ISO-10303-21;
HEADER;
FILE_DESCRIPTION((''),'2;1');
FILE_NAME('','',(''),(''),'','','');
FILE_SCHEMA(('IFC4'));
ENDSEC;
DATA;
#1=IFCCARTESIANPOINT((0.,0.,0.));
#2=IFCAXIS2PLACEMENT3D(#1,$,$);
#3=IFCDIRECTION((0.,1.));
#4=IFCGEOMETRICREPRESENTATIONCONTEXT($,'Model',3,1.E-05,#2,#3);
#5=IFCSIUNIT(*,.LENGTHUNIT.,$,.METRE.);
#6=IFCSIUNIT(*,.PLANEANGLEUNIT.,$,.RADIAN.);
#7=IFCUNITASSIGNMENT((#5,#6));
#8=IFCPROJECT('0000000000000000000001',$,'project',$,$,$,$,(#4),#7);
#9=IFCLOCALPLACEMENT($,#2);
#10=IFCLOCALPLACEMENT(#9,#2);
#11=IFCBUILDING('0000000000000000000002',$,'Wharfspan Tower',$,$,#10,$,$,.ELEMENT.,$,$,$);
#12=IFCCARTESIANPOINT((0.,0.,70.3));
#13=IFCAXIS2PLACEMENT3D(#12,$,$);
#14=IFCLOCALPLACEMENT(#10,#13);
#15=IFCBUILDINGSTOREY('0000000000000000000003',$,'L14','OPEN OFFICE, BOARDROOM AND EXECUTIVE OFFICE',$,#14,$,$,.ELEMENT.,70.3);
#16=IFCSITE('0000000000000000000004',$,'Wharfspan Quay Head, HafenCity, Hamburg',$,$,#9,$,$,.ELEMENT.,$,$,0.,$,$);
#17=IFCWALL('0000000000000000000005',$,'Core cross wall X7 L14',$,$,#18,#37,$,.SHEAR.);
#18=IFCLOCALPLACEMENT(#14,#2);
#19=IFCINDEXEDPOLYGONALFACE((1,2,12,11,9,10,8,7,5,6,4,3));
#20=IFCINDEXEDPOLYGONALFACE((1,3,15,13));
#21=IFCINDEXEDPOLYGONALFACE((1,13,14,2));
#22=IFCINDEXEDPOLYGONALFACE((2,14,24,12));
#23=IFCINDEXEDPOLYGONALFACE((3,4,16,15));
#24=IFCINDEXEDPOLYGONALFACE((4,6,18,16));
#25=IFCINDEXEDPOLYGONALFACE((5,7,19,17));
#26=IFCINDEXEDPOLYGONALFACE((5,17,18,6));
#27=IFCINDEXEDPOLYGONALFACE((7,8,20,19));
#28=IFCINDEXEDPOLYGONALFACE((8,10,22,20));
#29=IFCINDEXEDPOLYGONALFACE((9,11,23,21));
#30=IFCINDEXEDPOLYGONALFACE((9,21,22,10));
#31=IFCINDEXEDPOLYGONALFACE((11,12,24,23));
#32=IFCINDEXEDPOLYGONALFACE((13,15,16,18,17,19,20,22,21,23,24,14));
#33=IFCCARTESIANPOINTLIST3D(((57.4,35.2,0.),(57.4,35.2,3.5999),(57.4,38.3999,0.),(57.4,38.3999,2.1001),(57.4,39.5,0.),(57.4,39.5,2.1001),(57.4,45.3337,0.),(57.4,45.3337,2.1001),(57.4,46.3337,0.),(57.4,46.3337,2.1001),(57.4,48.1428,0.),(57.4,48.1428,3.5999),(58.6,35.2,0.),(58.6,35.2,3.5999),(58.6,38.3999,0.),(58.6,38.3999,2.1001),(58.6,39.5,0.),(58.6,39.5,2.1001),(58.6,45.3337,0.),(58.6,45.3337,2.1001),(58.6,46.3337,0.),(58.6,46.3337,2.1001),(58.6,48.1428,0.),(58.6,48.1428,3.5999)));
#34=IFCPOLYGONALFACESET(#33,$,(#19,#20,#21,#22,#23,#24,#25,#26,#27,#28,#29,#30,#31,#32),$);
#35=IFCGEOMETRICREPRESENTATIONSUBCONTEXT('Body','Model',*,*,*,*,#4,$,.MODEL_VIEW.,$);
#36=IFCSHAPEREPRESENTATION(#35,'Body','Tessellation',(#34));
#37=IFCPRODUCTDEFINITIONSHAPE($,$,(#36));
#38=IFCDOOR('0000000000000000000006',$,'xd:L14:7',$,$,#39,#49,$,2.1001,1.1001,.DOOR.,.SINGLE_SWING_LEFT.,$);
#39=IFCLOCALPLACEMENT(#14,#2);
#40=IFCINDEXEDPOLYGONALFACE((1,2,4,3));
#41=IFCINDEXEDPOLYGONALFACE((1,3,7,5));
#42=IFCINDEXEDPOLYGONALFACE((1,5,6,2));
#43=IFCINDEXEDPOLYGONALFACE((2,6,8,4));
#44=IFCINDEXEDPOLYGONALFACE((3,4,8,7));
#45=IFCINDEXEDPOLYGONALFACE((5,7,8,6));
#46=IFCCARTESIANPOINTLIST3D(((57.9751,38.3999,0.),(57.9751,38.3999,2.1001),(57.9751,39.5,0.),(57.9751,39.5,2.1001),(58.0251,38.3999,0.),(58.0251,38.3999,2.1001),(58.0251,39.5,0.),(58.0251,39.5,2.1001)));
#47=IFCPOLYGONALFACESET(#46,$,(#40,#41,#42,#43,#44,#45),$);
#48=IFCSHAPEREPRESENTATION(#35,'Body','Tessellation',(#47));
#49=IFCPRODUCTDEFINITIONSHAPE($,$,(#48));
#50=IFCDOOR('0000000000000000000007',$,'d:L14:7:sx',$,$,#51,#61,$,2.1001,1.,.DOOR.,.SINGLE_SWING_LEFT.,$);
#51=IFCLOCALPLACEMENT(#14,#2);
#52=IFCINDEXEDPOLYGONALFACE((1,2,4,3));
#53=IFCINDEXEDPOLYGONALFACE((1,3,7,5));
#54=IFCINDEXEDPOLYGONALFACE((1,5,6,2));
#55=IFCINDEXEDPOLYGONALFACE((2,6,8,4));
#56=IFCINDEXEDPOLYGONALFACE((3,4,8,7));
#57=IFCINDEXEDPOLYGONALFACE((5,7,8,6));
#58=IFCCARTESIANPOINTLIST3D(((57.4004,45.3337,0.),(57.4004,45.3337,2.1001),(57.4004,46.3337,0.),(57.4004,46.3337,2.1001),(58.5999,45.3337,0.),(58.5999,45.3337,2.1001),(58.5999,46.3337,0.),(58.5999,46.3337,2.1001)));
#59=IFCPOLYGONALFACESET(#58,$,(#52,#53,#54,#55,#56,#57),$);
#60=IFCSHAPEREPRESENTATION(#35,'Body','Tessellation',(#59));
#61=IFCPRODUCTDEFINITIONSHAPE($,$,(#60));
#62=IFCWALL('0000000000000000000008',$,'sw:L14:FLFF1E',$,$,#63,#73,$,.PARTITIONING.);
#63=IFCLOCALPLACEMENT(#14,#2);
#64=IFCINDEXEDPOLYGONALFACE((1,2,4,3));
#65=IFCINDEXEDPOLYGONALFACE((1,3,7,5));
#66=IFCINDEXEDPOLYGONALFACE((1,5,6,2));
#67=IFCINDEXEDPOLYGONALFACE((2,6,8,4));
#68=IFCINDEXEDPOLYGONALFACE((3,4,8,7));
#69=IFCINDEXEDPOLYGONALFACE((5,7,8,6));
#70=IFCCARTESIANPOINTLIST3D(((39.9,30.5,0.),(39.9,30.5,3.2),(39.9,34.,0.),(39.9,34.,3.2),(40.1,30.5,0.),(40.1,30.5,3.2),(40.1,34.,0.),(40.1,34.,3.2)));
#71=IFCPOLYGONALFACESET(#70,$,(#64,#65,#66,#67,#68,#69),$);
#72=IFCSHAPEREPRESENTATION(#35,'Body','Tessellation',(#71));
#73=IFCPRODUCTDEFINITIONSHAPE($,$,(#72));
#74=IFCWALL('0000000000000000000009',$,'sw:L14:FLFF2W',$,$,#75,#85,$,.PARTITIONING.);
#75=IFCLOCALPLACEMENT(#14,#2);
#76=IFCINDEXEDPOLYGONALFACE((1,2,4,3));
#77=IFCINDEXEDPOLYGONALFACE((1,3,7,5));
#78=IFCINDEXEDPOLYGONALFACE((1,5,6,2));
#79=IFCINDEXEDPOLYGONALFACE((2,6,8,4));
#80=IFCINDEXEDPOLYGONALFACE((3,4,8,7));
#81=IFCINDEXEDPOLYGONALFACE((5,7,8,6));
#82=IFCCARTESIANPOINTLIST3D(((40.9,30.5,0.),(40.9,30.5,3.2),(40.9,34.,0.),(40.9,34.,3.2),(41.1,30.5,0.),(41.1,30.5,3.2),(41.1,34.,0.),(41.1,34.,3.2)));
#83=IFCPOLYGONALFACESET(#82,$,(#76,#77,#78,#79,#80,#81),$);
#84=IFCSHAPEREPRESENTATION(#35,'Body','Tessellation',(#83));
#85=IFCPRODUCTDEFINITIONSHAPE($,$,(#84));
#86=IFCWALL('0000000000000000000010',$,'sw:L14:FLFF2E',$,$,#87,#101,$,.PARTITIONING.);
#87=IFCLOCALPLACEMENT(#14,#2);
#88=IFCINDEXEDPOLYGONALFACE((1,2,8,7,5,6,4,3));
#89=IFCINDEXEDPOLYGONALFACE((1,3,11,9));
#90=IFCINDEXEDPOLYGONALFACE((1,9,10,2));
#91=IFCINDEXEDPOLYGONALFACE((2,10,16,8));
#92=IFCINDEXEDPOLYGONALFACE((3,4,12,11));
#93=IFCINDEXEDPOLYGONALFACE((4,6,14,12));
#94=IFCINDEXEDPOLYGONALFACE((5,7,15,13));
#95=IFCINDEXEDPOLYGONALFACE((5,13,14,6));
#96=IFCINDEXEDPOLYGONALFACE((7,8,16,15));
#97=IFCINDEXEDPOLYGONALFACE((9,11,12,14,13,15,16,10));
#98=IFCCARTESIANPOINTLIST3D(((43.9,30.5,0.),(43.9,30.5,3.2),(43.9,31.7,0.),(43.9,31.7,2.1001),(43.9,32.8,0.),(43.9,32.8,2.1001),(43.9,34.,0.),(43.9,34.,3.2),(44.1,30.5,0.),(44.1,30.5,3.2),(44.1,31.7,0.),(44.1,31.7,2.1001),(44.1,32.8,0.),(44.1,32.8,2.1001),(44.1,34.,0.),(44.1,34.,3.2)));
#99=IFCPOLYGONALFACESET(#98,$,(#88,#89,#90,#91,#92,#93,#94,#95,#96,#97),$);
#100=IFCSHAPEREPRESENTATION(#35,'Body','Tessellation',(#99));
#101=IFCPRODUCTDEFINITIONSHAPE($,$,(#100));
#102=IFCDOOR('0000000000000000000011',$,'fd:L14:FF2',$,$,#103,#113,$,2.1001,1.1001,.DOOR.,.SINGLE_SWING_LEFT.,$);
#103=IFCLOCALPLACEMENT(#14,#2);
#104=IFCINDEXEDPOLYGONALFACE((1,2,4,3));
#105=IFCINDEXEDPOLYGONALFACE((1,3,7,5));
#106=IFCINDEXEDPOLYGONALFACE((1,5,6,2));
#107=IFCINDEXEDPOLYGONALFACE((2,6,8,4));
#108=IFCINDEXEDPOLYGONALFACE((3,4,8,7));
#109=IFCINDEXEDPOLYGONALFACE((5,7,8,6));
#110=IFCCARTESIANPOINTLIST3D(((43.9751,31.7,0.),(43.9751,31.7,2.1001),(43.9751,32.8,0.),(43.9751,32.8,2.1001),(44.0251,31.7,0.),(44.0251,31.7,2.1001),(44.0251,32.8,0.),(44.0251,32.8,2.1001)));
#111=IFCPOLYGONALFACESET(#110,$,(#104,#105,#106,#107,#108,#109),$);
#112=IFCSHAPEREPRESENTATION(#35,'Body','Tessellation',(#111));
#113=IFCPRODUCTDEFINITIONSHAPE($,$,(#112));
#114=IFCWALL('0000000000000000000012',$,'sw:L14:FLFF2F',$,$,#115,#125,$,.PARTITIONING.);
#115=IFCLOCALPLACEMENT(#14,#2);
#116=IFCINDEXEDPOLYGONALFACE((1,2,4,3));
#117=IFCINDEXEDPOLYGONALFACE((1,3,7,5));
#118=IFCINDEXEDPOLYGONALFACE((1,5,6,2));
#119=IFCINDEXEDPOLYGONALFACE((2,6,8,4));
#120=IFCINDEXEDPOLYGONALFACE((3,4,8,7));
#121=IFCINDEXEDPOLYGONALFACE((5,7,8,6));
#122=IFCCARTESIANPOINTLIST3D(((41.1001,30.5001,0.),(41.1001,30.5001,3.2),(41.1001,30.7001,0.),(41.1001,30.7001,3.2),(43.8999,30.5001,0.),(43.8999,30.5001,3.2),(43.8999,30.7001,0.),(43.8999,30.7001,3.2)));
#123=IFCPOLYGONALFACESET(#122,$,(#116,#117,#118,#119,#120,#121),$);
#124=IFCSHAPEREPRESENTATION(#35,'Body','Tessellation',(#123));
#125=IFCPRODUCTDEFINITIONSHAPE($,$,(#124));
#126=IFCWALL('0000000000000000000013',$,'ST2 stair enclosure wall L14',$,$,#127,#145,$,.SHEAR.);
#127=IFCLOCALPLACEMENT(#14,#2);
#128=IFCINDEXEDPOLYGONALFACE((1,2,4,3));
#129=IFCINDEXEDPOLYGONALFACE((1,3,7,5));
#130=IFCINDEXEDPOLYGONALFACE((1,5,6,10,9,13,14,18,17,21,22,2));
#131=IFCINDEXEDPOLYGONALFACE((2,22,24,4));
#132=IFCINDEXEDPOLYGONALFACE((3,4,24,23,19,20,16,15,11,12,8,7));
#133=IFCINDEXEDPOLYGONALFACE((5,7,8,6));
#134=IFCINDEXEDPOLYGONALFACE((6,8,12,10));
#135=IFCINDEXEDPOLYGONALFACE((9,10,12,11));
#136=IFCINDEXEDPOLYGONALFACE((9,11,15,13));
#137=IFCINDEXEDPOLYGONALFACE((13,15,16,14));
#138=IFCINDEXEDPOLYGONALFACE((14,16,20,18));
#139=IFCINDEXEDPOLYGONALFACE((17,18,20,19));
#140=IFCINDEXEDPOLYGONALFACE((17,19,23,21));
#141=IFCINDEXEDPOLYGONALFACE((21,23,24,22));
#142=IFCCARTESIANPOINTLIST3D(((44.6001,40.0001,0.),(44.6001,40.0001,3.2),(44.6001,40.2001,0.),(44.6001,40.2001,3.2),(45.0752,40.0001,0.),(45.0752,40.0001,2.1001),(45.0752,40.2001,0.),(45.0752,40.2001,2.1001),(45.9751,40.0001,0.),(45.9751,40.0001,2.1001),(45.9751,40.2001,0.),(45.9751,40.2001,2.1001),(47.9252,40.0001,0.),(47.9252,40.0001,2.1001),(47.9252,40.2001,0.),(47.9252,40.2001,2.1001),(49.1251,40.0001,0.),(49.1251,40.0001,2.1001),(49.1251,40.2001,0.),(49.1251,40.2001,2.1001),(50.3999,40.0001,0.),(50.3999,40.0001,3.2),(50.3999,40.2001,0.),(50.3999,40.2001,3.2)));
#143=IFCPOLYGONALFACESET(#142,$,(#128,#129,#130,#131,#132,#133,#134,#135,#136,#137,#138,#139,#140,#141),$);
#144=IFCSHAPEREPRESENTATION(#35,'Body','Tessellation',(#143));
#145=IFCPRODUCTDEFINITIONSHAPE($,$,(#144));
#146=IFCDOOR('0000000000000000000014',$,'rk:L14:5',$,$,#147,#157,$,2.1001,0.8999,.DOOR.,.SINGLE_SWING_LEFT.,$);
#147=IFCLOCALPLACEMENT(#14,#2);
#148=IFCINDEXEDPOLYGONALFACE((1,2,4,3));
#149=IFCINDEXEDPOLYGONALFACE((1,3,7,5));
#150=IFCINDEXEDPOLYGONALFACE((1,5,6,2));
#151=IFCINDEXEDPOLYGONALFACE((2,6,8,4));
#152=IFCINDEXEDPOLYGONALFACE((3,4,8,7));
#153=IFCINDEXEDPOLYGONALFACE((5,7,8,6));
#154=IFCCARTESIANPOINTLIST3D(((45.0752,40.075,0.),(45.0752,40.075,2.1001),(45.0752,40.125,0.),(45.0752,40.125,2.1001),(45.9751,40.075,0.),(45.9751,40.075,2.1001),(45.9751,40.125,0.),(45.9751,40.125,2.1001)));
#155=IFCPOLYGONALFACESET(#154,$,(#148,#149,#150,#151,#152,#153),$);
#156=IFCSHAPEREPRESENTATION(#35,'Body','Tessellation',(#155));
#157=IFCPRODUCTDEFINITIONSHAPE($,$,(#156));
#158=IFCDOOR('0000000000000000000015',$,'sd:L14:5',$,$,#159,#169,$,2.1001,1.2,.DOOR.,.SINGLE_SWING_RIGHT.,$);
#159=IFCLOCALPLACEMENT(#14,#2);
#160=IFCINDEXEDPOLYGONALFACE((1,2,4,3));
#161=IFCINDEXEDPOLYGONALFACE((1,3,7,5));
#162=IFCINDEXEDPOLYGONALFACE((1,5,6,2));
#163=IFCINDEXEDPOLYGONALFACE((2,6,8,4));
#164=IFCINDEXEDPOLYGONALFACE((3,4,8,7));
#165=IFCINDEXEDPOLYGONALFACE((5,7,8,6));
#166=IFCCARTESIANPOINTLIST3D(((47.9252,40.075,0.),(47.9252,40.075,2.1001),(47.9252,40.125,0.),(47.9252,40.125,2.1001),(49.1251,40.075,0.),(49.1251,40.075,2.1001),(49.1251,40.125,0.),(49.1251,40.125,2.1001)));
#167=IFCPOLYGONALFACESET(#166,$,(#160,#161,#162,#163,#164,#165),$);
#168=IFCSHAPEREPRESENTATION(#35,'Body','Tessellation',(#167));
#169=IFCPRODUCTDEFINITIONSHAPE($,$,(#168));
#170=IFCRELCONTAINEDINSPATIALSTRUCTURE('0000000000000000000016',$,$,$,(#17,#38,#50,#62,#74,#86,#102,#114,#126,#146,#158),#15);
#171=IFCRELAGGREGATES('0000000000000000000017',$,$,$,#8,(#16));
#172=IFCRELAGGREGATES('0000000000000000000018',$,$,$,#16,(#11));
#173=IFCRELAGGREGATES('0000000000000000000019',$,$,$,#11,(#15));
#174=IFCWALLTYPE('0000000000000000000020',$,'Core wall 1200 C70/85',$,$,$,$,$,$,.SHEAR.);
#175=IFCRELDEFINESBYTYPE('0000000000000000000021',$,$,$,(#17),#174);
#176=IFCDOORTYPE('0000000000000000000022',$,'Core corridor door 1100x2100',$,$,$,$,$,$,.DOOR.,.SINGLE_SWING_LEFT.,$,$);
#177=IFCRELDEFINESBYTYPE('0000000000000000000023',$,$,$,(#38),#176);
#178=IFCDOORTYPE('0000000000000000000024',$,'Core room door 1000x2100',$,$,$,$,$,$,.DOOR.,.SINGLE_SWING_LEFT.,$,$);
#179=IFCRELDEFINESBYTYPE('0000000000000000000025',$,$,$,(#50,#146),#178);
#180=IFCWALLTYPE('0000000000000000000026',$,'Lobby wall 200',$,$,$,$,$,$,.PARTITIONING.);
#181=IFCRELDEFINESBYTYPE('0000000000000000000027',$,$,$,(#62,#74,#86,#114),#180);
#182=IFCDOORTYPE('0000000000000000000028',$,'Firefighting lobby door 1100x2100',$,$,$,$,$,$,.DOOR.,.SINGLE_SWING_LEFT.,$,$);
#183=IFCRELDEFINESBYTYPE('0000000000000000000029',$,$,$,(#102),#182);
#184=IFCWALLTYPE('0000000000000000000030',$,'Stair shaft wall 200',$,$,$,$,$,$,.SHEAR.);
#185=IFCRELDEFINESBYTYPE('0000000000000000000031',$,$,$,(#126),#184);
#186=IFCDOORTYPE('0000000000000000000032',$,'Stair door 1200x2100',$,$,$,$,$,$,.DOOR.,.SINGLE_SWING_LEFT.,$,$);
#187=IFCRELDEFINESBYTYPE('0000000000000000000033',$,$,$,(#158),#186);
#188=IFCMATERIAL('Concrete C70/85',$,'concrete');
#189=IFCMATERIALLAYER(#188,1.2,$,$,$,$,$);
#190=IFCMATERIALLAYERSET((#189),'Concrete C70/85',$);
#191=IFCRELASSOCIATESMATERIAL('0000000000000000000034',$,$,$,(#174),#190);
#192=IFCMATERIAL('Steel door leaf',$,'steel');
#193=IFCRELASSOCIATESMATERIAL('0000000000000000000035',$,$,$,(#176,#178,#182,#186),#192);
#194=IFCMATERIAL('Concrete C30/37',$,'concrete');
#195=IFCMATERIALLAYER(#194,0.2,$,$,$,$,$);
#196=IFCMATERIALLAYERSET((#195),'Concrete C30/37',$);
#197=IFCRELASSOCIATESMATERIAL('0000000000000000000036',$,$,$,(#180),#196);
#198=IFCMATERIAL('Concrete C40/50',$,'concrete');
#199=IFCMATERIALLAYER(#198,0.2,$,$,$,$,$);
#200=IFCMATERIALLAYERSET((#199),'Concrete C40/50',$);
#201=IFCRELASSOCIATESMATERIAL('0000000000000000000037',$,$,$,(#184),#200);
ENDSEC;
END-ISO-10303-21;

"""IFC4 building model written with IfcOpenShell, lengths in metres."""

from ifc_helpers import new_model, si_unit, direction, frame, frame_2d, origin, place, context, subcontext, project, spatial, rectangle, extrude, material, layer, layer_set, type_object, element, fill, save


model = new_model("IFC4")

# Units and contexts
model_context = context("Model", 3, precision=1e-05, world=origin(), true_north=direction((0.0, 1.0)))
body_context = subcontext(model_context, "Body", "Model", "MODEL_VIEW")
ifc_project = project(units=[si_unit("LENGTHUNIT", "METRE"), si_unit("PLANEANGLEUNIT", "RADIAN")], contexts=[model_context])

# Site, building, storey
site_placement = place(None, origin())
site = spatial("IfcSite", under=ifc_project, at=site_placement, Name="Wharfspan Quay Head, HafenCity, Hamburg", CompositionType="ELEMENT", RefElevation=0.0)
building_placement = place(site_placement, origin())
building = spatial("IfcBuilding", under=site, at=building_placement, Name="Wharfspan Tower", CompositionType="ELEMENT")
storey_placement = place(building_placement, frame((0.0, 0.0, 70.3)))
storey = spatial("IfcBuildingStorey", under=building, at=storey_placement, Name="L14", Description="OPEN OFFICE, BOARDROOM AND EXECUTIVE OFFICE", CompositionType="ELEMENT", Elevation=70.3)

# Shared definitions
ifc_material_1 = material(Name="Concrete C70/85", Category="concrete")
ifc_layer_1 = layer(ifc_material_1, 1.2)
ifc_layer_set_1 = layer_set([ifc_layer_1], Name="Concrete C70/85")
wall_type_1 = type_object("IfcWallType", Name="Core wall 1200 C70/85", PredefinedType="SHEAR", material=ifc_layer_set_1)
ifc_material_2 = material(Name="Steel door leaf", Category="steel")
door_type_1 = type_object("IfcDoorType", Name="Core corridor door 1100x2100", OperationType="SINGLE_SWING_LEFT", PredefinedType="DOOR", material=ifc_material_2)
door_type_2 = type_object("IfcDoorType", Name="Core room door 1000x2100", OperationType="SINGLE_SWING_LEFT", PredefinedType="DOOR", material=ifc_material_2)

# Wall, openings, doors
wall_1_placement = place(storey_placement, frame((58.0, 35.2, 0.0), z_axis=(0.0, 0.0, 1.0), x_axis=(0.0, 1.0, 0.0)))
wall_1 = element("IfcWall", 1, at=wall_1_placement, inside=storey, type_object=wall_type_1, Name="Core cross wall X7 L14", PredefinedType="SHEAR", context=body_context, shape_type="SweptSolid", body=[
    extrude(rectangle(XDim=12.9429, YDim=1.2, at=frame_2d((6.4714, 0.0))), origin(), (0.0, 0.0, 1.0), 3.5999),
])
opening_1_placement = place(wall_1_placement, frame((10.1338, 0.0, 0.0)))
opening_1 = element("IfcOpeningElement", 2, at=opening_1_placement, cuts=wall_1, PredefinedType="OPENING", context=body_context, shape_type="SweptSolid", body=[
    extrude(rectangle(XDim=1.0, YDim=2.1001, at=frame_2d((0.5, 1.05))), frame((0.0, 0.6099, 0.0), z_axis=(0.0, -1.0, 0.0), x_axis=(1.0, 0.0, 0.0)), (0.0, 0.0, 1.0), 1.22),
])
opening_2_placement = place(wall_1_placement, frame((3.2, 0.0, 0.0)))
opening_2 = element("IfcOpeningElement", 3, at=opening_2_placement, cuts=wall_1, PredefinedType="OPENING", context=body_context, shape_type="SweptSolid", body=[
    extrude(rectangle(XDim=1.1001, YDim=2.1001, at=frame_2d((0.55, 1.05))), frame((0.0, 0.6099, 0.0), z_axis=(0.0, -1.0, 0.0), x_axis=(1.0, 0.0, 0.0)), (0.0, 0.0, 1.0), 1.22),
])
door_1_placement = place(opening_2_placement, origin())
door_1 = element("IfcDoor", 4, at=door_1_placement, inside=storey, type_object=door_type_1, Name="xd:L14:7", OperationType="SINGLE_SWING_LEFT", OverallHeight=2.1001, OverallWidth=1.1001, PredefinedType="DOOR", context=body_context, shape_type="SweptSolid", body=[
    extrude(rectangle(XDim=1.1001, YDim=2.1001, at=frame_2d((0.55, 1.05))), frame((0.0, 0.0249, 0.0), z_axis=(0.0, -1.0, 0.0), x_axis=(1.0, 0.0, 0.0)), (0.0, 0.0, 1.0), 0.05),
])
fill(opening_2, door_1)
door_2_placement = place(opening_1_placement, origin())
door_2 = element("IfcDoor", 5, at=door_2_placement, inside=storey, type_object=door_type_2, Name="d:L14:7:sx", OperationType="SINGLE_SWING_LEFT", OverallHeight=2.1001, OverallWidth=1.0, PredefinedType="DOOR", context=body_context, shape_type="SweptSolid", body=[
    extrude(rectangle(XDim=1.0, YDim=2.1001, at=frame_2d((0.5, 1.05))), frame((0.0, 0.5996, 0.0), z_axis=(0.0, -1.0, 0.0), x_axis=(1.0, 0.0, 0.0)), (0.0, 0.0, 1.0), 1.1995),
])
fill(opening_1, door_2)

# Walls
ifc_material_3 = material(Name="Concrete C30/37", Category="concrete")
ifc_layer_2 = layer(ifc_material_3, 0.2)
ifc_layer_set_2 = layer_set([ifc_layer_2], Name="Concrete C30/37")
wall_type_2 = type_object("IfcWallType", Name="Lobby wall 200", PredefinedType="PARTITIONING", material=ifc_layer_set_2)
for number, where, z_axis, x_axis, name in (
    (6, (40.0, 30.5, 0.0), (0.0, 0.0, 1.0), (0.0, 1.0, 0.0), "sw:L14:FLFF1E"),
    (7, (41.0, 30.5, 0.0), (0.0, 0.0, 1.0), (0.0, 1.0, 0.0), "sw:L14:FLFF2W"),
):
    element("IfcWall", number, at=place(storey_placement, frame(where, z_axis=z_axis, x_axis=x_axis)), inside=storey, type_object=wall_type_2, Name=name, PredefinedType="PARTITIONING", context=body_context, shape_type="SweptSolid", body=[
        extrude(rectangle(XDim=3.5, YDim=0.2, at=frame_2d((1.75, 0.0))), origin(), (0.0, 0.0, 1.0), 3.2),
    ])

# Wall, opening, door
wall_2_placement = place(storey_placement, frame((44.0, 30.5, 0.0), z_axis=(0.0, 0.0, 1.0), x_axis=(0.0, 1.0, 0.0)))
wall_2 = element("IfcWall", 8, at=wall_2_placement, inside=storey, type_object=wall_type_2, Name="sw:L14:FLFF2E", PredefinedType="PARTITIONING", context=body_context, shape_type="SweptSolid", body=[
    extrude(rectangle(XDim=3.5, YDim=0.2, at=frame_2d((1.75, 0.0))), origin(), (0.0, 0.0, 1.0), 3.2),
])
opening_3_placement = place(wall_2_placement, frame((1.2, 0.0, 0.0)))
opening_3 = element("IfcOpeningElement", 9, at=opening_3_placement, cuts=wall_2, PredefinedType="OPENING", context=body_context, shape_type="SweptSolid", body=[
    extrude(rectangle(XDim=1.1001, YDim=2.1001, at=frame_2d((0.55, 1.05))), frame((0.0, 0.1099, 0.0), z_axis=(0.0, -1.0, 0.0), x_axis=(1.0, 0.0, 0.0)), (0.0, 0.0, 1.0), 0.22),
])
door_type_3 = type_object("IfcDoorType", Name="Firefighting lobby door 1100x2100", OperationType="SINGLE_SWING_LEFT", PredefinedType="DOOR", material=ifc_material_2)
door_3_placement = place(opening_3_placement, origin())
door_3 = element("IfcDoor", 10, at=door_3_placement, inside=storey, type_object=door_type_3, Name="fd:L14:FF2", OperationType="SINGLE_SWING_LEFT", OverallHeight=2.1001, OverallWidth=1.1001, PredefinedType="DOOR", context=body_context, shape_type="SweptSolid", body=[
    extrude(rectangle(XDim=1.1001, YDim=2.1001, at=frame_2d((0.55, 1.05))), frame((0.0, 0.0249, 0.0), z_axis=(0.0, -1.0, 0.0), x_axis=(1.0, 0.0, 0.0)), (0.0, 0.0, 1.0), 0.05),
])
fill(opening_3, door_3)

# Wall
wall_3_placement = place(storey_placement, frame((41.1001, 30.6001, 0.0), z_axis=(0.0, 0.0, 1.0), x_axis=(1.0, 0.0, 0.0)))
element("IfcWall", 11, at=wall_3_placement, inside=storey, type_object=wall_type_2, Name="sw:L14:FLFF2F", PredefinedType="PARTITIONING", context=body_context, shape_type="SweptSolid", body=[
    extrude(rectangle(XDim=2.7998, YDim=0.2, at=frame_2d((1.3999, 0.0))), origin(), (0.0, 0.0, 1.0), 3.2),
])

# Wall, openings, doors
ifc_material_4 = material(Name="Concrete C40/50", Category="concrete")
ifc_layer_3 = layer(ifc_material_4, 0.2)
ifc_layer_set_3 = layer_set([ifc_layer_3], Name="Concrete C40/50")
wall_type_3 = type_object("IfcWallType", Name="Stair shaft wall 200", PredefinedType="SHEAR", material=ifc_layer_set_3)
wall_4_placement = place(storey_placement, frame((44.6001, 40.1001, 0.0), z_axis=(0.0, 0.0, 1.0), x_axis=(1.0, 0.0, 0.0)))
wall_4 = element("IfcWall", 12, at=wall_4_placement, inside=storey, type_object=wall_type_3, Name="ST2 stair enclosure wall L14", PredefinedType="SHEAR", context=body_context, shape_type="SweptSolid", body=[
    extrude(rectangle(XDim=5.7998, YDim=0.2, at=frame_2d((2.8999, 0.0))), origin(), (0.0, 0.0, 1.0), 3.2),
])
opening_4_placement = place(wall_4_placement, frame((3.325, 0.0, 0.0)))
opening_4 = element("IfcOpeningElement", 13, at=opening_4_placement, cuts=wall_4, PredefinedType="OPENING", context=body_context, shape_type="SweptSolid", body=[
    extrude(rectangle(XDim=1.2, YDim=2.1001, at=frame_2d((0.6001, 1.05))), frame((0.0, 0.1099, 0.0), z_axis=(0.0, -1.0, 0.0), x_axis=(1.0, 0.0, 0.0)), (0.0, 0.0, 1.0), 0.22),
])
opening_5_placement = place(wall_4_placement, frame((0.4751, 0.0, 0.0)))
opening_5 = element("IfcOpeningElement", 14, at=opening_5_placement, cuts=wall_4, PredefinedType="OPENING", context=body_context, shape_type="SweptSolid", body=[
    extrude(rectangle(XDim=0.8999, YDim=2.1001, at=frame_2d((0.45, 1.05))), frame((0.0, 0.1099, 0.0), z_axis=(0.0, -1.0, 0.0), x_axis=(1.0, 0.0, 0.0)), (0.0, 0.0, 1.0), 0.22),
])
door_4_placement = place(opening_5_placement, origin())
door_4 = element("IfcDoor", 15, at=door_4_placement, inside=storey, type_object=door_type_2, Name="rk:L14:5", OperationType="SINGLE_SWING_LEFT", OverallHeight=2.1001, OverallWidth=0.8999, PredefinedType="DOOR", context=body_context, shape_type="SweptSolid", body=[
    extrude(rectangle(XDim=0.8999, YDim=2.1001, at=frame_2d((0.45, 1.05))), frame((0.0, 0.0249, 0.0), z_axis=(0.0, -1.0, 0.0), x_axis=(1.0, 0.0, 0.0)), (0.0, 0.0, 1.0), 0.05),
])
fill(opening_5, door_4)
door_type_4 = type_object("IfcDoorType", Name="Stair door 1200x2100", OperationType="SINGLE_SWING_LEFT", PredefinedType="DOOR", material=ifc_material_2)
door_5_placement = place(opening_4_placement, origin())
door_5 = element("IfcDoor", 16, at=door_5_placement, inside=storey, type_object=door_type_4, Name="sd:L14:5", OperationType="SINGLE_SWING_RIGHT", OverallHeight=2.1001, OverallWidth=1.2, PredefinedType="DOOR", context=body_context, shape_type="SweptSolid", body=[
    extrude(rectangle(XDim=1.2, YDim=2.1001, at=frame_2d((0.6001, 1.05))), frame((0.0, 0.0249, 0.0), z_axis=(0.0, -1.0, 0.0), x_axis=(1.0, 0.0, 0.0)), (0.0, 0.0, 1.0), 0.05),
])
fill(opening_4, door_5)

save(model, "model.ifc")
